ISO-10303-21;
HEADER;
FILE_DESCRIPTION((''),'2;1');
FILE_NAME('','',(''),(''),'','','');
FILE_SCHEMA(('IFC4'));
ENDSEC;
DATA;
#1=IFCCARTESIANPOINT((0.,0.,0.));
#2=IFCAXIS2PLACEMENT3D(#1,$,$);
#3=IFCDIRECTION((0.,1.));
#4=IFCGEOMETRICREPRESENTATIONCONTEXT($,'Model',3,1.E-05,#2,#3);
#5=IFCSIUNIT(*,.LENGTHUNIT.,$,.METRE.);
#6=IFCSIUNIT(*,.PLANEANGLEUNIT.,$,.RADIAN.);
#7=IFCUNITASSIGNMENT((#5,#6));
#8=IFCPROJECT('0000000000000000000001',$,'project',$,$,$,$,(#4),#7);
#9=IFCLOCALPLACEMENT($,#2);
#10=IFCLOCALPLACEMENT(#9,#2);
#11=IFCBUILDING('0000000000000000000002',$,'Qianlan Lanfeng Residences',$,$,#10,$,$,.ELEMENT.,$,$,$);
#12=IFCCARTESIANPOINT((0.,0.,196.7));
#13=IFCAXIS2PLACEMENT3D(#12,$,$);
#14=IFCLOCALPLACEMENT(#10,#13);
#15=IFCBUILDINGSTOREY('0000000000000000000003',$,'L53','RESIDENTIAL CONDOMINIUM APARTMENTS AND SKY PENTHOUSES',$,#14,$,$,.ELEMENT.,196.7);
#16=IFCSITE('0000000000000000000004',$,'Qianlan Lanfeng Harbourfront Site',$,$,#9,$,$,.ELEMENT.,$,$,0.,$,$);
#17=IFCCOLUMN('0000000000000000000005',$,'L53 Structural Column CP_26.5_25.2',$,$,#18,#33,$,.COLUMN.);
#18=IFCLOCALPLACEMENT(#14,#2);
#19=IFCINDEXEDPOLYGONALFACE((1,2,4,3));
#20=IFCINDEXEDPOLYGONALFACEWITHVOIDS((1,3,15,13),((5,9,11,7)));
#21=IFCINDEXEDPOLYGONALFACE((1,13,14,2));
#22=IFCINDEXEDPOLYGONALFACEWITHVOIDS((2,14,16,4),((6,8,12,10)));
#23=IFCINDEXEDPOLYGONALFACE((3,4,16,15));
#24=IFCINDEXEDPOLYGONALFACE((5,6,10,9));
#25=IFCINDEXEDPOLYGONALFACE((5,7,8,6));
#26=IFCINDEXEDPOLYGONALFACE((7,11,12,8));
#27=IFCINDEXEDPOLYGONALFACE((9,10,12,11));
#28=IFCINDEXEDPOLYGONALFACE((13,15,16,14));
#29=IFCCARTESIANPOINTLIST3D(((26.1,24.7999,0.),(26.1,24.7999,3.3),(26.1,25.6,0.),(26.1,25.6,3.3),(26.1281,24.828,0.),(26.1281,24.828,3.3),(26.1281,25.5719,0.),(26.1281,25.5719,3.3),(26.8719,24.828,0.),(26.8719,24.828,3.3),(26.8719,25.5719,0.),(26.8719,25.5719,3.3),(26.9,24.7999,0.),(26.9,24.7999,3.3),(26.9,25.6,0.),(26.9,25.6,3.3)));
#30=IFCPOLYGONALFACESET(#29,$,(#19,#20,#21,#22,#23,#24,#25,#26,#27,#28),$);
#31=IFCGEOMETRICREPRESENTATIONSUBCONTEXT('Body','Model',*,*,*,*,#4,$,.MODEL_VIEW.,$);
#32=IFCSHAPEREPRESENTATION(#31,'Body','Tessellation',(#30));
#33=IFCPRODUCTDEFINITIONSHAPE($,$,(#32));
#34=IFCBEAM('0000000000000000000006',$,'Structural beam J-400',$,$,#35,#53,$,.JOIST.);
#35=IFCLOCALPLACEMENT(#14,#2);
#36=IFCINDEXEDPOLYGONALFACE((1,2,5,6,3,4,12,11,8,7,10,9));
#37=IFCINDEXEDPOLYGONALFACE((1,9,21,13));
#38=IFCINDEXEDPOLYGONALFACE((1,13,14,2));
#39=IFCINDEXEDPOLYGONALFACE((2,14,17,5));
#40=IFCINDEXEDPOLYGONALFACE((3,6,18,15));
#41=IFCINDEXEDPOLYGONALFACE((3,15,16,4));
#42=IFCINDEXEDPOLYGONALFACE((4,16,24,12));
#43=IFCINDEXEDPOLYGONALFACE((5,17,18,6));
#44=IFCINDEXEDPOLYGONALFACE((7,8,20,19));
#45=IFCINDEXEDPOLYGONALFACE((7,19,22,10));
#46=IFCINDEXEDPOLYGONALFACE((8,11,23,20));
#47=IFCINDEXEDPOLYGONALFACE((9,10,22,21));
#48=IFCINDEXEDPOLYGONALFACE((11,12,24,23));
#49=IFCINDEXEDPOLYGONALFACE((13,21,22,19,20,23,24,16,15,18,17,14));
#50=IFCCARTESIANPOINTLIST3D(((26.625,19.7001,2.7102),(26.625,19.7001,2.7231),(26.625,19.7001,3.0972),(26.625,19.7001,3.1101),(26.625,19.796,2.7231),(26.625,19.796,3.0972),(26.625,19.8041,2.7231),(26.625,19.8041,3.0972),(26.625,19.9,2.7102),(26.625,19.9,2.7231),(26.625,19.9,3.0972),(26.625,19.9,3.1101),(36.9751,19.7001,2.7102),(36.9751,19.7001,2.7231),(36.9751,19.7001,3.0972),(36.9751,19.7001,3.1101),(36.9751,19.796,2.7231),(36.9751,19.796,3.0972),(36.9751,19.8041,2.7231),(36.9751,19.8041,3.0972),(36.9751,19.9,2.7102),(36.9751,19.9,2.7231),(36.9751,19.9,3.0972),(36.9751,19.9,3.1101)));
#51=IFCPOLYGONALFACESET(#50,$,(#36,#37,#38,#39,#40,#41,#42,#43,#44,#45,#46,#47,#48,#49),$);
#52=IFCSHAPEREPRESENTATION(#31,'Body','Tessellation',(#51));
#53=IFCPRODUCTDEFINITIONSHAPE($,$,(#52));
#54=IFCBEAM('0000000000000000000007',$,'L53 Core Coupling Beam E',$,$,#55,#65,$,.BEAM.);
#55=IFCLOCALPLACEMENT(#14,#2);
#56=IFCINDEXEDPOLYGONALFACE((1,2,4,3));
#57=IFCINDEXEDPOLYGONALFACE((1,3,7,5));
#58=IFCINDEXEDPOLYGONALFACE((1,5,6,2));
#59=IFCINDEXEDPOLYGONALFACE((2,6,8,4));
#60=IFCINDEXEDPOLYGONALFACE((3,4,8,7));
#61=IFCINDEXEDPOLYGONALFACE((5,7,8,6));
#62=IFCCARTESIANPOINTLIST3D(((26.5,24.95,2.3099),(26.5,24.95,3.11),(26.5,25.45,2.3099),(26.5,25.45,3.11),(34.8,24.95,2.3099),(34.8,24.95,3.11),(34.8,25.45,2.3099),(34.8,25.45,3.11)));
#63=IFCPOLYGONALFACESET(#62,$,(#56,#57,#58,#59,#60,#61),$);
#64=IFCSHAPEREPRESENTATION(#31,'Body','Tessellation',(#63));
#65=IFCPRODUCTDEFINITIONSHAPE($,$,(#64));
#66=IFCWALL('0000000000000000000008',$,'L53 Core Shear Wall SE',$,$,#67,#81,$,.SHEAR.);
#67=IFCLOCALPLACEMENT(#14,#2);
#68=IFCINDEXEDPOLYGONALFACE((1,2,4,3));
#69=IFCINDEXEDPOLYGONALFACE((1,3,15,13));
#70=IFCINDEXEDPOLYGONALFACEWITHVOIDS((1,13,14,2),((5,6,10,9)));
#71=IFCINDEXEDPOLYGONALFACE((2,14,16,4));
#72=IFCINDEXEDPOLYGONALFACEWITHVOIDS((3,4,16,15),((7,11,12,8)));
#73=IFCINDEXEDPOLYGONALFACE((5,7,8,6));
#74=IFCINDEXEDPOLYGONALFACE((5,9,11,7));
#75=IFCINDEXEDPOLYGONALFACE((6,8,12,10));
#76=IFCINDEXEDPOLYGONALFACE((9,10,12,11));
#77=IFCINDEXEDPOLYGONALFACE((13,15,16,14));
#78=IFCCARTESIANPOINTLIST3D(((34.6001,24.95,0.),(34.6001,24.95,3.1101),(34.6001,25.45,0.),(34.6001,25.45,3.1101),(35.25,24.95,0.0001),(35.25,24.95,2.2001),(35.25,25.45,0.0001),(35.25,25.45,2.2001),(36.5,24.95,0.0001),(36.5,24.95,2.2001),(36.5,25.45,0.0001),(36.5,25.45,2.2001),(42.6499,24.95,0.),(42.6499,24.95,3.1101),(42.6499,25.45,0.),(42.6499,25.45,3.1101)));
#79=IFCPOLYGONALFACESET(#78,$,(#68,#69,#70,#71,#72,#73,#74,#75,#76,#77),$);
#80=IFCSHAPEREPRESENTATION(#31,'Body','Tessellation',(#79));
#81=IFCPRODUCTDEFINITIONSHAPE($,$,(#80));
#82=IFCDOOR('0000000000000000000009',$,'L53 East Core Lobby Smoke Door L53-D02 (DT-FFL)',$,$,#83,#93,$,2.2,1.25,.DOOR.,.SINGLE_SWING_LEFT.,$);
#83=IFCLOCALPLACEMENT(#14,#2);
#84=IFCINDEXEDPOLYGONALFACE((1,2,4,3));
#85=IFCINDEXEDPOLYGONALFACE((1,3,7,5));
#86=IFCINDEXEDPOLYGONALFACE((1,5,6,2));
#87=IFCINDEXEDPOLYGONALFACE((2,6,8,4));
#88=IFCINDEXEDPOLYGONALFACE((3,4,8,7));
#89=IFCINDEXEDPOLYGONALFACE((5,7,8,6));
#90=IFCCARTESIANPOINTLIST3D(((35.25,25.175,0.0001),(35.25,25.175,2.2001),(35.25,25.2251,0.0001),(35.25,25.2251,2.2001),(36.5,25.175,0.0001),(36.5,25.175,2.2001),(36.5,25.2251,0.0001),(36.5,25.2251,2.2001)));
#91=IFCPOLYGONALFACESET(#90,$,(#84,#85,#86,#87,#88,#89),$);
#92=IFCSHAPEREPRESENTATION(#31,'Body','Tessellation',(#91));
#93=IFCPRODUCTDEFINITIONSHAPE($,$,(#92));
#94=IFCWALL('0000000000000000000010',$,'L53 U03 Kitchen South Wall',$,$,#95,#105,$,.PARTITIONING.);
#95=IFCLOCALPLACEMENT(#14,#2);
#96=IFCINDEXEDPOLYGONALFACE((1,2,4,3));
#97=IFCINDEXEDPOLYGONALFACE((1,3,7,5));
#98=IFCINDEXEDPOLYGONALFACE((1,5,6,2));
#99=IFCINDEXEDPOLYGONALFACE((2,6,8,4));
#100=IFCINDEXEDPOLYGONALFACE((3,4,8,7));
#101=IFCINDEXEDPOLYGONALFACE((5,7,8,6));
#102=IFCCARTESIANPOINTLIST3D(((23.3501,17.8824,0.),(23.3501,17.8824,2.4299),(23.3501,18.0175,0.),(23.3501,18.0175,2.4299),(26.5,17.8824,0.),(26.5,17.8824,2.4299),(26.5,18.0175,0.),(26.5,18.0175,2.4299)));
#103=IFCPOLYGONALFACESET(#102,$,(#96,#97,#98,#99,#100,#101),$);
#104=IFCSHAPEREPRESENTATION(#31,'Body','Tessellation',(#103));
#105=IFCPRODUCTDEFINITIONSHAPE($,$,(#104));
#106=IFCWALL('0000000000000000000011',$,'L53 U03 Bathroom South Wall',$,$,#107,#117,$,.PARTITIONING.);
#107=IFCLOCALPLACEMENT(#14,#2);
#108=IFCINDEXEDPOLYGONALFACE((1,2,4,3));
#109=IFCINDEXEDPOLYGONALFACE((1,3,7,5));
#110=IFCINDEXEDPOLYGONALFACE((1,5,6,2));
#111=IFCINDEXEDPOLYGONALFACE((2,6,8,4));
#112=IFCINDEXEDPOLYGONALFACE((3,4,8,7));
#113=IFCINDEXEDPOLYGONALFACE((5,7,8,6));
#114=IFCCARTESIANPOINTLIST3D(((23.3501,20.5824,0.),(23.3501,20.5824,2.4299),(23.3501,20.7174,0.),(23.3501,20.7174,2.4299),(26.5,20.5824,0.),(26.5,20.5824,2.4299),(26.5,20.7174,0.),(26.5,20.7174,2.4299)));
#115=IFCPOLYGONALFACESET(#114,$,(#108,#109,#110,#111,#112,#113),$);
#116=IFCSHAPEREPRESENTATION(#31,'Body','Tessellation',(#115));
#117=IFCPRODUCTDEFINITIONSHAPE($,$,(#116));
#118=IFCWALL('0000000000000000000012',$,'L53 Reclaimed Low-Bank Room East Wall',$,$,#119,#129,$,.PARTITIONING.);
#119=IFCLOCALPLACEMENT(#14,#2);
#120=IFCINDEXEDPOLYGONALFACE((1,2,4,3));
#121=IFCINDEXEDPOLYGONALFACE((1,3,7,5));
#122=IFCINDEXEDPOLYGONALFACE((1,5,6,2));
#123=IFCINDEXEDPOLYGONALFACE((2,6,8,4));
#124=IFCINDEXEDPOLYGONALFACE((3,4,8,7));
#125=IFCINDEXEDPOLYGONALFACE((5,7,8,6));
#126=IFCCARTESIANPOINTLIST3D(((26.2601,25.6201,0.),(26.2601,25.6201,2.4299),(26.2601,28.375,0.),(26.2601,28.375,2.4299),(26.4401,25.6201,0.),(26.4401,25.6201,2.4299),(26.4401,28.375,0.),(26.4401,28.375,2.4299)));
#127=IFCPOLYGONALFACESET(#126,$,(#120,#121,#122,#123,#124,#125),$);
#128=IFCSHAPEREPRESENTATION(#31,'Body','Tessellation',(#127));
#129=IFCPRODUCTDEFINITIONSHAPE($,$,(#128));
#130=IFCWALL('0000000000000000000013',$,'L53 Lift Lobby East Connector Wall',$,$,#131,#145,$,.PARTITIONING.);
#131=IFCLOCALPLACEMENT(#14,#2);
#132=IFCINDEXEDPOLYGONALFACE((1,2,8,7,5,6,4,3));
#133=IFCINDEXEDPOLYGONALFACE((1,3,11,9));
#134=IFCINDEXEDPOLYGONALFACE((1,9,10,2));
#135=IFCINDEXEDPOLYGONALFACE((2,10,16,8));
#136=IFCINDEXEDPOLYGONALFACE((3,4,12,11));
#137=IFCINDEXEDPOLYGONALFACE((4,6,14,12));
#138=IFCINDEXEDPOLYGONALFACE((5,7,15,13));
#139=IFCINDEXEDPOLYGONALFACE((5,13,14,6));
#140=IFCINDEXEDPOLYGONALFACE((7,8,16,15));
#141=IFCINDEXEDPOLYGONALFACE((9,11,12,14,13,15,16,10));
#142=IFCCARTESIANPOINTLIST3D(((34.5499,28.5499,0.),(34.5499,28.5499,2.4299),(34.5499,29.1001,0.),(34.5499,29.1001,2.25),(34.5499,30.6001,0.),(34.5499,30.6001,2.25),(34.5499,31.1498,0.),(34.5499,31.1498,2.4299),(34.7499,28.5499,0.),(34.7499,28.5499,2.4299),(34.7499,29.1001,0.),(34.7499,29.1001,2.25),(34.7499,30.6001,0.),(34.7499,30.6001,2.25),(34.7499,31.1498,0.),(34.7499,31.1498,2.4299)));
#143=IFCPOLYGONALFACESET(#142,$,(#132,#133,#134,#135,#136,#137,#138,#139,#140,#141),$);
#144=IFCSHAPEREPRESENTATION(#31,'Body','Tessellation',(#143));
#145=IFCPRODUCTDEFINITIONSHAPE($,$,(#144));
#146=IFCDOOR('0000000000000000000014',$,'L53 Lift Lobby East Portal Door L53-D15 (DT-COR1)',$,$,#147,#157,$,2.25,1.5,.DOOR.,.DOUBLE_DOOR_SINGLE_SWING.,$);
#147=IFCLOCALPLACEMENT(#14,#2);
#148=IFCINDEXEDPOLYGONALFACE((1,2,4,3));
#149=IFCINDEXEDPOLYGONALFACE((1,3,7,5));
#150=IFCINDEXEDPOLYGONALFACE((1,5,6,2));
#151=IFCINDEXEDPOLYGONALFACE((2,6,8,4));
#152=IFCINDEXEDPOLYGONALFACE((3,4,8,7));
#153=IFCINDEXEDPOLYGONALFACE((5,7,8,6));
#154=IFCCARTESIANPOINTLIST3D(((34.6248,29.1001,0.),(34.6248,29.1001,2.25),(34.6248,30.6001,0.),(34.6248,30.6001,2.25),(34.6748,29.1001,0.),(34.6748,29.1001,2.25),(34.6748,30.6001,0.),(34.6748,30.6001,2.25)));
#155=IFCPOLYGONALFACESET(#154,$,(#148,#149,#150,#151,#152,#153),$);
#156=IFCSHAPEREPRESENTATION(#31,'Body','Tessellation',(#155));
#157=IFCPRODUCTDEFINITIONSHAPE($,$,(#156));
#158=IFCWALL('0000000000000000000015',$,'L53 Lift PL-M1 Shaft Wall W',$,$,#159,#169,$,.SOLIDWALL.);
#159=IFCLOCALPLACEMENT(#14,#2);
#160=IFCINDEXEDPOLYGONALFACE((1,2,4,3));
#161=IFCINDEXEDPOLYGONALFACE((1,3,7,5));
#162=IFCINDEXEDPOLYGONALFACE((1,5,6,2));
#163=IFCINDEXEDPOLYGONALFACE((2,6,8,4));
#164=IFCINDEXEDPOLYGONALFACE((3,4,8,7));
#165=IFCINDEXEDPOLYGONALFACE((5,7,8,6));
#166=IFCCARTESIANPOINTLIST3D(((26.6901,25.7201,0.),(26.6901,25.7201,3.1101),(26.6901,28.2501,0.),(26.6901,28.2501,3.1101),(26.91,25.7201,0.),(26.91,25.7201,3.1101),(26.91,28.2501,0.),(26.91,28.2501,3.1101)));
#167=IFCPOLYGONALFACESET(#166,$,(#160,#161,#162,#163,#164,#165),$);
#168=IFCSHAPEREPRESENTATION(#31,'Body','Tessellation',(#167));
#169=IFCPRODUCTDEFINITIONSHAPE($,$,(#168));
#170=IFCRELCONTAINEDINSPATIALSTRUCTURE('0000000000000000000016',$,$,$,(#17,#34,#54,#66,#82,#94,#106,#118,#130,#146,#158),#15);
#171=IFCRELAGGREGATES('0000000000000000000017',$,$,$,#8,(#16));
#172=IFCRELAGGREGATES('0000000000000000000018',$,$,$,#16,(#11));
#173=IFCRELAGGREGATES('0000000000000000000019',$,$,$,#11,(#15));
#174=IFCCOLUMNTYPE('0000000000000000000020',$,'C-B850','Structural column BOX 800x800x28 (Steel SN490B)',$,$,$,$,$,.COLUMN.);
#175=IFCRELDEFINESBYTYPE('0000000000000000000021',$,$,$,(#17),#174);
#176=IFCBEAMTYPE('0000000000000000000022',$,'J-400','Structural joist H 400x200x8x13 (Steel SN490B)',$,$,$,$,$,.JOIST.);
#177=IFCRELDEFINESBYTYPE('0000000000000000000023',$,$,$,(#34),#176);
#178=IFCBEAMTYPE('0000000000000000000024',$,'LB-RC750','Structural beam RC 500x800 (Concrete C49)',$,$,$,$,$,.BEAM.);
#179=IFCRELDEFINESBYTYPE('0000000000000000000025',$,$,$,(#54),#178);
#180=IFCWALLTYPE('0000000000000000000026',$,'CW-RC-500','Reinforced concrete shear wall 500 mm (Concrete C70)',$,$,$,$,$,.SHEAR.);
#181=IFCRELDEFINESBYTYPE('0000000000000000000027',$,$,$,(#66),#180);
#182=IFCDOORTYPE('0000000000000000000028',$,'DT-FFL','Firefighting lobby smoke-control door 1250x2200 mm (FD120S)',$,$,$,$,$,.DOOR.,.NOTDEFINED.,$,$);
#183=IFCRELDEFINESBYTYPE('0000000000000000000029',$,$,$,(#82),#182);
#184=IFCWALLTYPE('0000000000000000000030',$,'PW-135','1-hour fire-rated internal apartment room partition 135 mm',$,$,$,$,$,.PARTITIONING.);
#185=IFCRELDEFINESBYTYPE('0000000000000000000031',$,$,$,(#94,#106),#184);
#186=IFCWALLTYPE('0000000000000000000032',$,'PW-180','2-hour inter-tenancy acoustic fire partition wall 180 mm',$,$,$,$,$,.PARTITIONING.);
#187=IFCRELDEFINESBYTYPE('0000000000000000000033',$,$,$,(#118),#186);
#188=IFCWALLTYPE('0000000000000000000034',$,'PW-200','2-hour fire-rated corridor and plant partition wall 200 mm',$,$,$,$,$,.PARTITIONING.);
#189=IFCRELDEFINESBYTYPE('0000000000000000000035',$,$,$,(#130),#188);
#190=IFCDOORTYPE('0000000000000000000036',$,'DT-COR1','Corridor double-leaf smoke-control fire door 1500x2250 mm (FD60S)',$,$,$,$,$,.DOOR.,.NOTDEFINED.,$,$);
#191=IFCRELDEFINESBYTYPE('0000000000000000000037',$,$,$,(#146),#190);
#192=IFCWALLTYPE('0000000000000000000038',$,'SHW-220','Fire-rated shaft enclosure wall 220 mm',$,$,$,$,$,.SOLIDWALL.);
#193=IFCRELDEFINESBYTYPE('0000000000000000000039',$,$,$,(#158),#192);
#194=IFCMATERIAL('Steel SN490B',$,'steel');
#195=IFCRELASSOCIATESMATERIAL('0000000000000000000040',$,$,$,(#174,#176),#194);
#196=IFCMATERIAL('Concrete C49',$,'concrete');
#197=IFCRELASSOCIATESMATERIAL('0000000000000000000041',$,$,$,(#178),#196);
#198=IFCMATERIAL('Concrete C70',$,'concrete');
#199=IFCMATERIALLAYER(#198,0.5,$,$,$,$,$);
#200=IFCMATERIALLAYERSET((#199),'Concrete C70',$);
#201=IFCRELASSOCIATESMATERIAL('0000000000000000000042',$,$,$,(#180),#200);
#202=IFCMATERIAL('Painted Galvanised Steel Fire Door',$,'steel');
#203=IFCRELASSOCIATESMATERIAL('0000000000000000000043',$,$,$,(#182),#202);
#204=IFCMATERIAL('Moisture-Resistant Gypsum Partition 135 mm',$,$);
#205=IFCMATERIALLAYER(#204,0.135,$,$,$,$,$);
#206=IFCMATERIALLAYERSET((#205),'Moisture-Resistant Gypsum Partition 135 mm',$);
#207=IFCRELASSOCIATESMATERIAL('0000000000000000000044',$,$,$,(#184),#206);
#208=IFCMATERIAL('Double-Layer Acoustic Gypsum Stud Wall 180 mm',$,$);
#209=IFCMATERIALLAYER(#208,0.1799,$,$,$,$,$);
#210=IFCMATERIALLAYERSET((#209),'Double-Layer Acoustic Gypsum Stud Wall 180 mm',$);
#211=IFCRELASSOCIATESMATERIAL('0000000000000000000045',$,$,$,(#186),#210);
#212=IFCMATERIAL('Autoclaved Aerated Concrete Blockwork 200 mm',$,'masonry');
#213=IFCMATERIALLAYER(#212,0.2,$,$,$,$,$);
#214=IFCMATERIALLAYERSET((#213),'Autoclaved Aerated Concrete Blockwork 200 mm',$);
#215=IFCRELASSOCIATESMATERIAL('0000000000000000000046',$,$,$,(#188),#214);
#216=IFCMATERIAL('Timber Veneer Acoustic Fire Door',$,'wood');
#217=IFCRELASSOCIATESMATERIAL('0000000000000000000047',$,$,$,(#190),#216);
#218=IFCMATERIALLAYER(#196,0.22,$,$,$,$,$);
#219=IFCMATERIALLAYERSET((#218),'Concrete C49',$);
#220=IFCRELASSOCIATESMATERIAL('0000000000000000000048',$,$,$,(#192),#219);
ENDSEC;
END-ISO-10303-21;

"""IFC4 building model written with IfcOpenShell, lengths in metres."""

from ifc_helpers import new_model, si_unit, direction, frame, frame_2d, origin, origin_2d, place, context, subcontext, project, spatial, rectangle, hollow_rectangle, i_section, extrude, material, layer, layer_set, material_profile, profile_set, type_object, element, fill, save


model = new_model("IFC4")

# Units and contexts
model_context = context("Model", 3, precision=1e-05, world=origin(), true_north=direction((0.0, 1.0)))
body_context = subcontext(model_context, "Body", "Model", "MODEL_VIEW")
ifc_project = project(units=[si_unit("LENGTHUNIT", "METRE"), si_unit("PLANEANGLEUNIT", "RADIAN")], contexts=[model_context])

# Site, building, storey
site_placement = place(None, origin())
site = spatial("IfcSite", under=ifc_project, at=site_placement, Name="Qianlan Lanfeng Harbourfront Site", CompositionType="ELEMENT", RefElevation=0.0)
building_placement = place(site_placement, origin())
building = spatial("IfcBuilding", under=site, at=building_placement, Name="Qianlan Lanfeng Residences", CompositionType="ELEMENT")
storey_placement = place(building_placement, frame((0.0, 0.0, 196.7)))
storey = spatial("IfcBuildingStorey", under=building, at=storey_placement, Name="L53", Description="RESIDENTIAL CONDOMINIUM APARTMENTS AND SKY PENTHOUSES", CompositionType="ELEMENT", Elevation=196.7)

# Column
ifc_material_1 = material(Name="Steel SN490B", Category="steel")
ifc_material_profile_1 = material_profile(ifc_material_1, hollow_rectangle(XDim=0.8, YDim=0.8, WallThickness=0.0281, at=origin_2d()), Name="BOX 800x800x28")
ifc_profile_set_1 = profile_set([ifc_material_profile_1], Name="Steel SN490B")
column_type = type_object("IfcColumnType", Name="C-B850", Description="Structural column BOX 800x800x28 (Steel SN490B)", PredefinedType="COLUMN", material=ifc_profile_set_1)
column_placement = place(storey_placement, frame((26.5, 25.2, 0.0), z_axis=(0.0, 0.0, 1.0), x_axis=(1.0, 0.0, 0.0)))
element("IfcColumn", 1, at=column_placement, inside=storey, type_object=column_type, Name="L53 Structural Column CP_26.5_25.2", PredefinedType="COLUMN", context=body_context, shape_type="SweptSolid", body=[
    extrude(hollow_rectangle(XDim=0.8, YDim=0.8, WallThickness=0.0281, at=origin_2d()), origin(), (0.0, 0.0, 1.0), 3.3),
])

# Beams
ifc_material_profile_2 = material_profile(ifc_material_1, i_section(OverallWidth=0.2, OverallDepth=0.3999, WebThickness=0.0081, FlangeThickness=0.0129, at=origin_2d()), Name="H 400x200x8x13")
ifc_profile_set_2 = profile_set([ifc_material_profile_2], Name="Steel SN490B")
beam_type_1 = type_object("IfcBeamType", Name="J-400", Description="Structural joist H 400x200x8x13 (Steel SN490B)", PredefinedType="JOIST", material=ifc_profile_set_2)
beam_1_placement = place(storey_placement, frame((26.625, 19.8, 2.9102), z_axis=(1.0, 0.0, 0.0), x_axis=(0.0, 1.0, 0.0)))
element("IfcBeam", 2, at=beam_1_placement, inside=storey, type_object=beam_type_1, Name="Structural beam J-400", PredefinedType="JOIST", context=body_context, shape_type="SweptSolid", body=[
    extrude(i_section(OverallWidth=0.2, OverallDepth=0.3999, WebThickness=0.0081, FlangeThickness=0.0129, at=origin_2d()), origin(), (0.0, 0.0, 1.0), 10.3501),
])
ifc_material_2 = material(Name="Concrete C49", Category="concrete")
ifc_material_profile_3 = material_profile(ifc_material_2, rectangle(XDim=0.5, YDim=0.8, at=origin_2d()), Name="RC 500x800")
ifc_profile_set_3 = profile_set([ifc_material_profile_3], Name="Concrete C49")
beam_type_2 = type_object("IfcBeamType", Name="LB-RC750", Description="Structural beam RC 500x800 (Concrete C49)", PredefinedType="BEAM", material=ifc_profile_set_3)
beam_2_placement = place(storey_placement, frame((26.5, 25.2, 2.71), z_axis=(1.0, 0.0, 0.0), x_axis=(0.0, 1.0, 0.0)))
element("IfcBeam", 3, at=beam_2_placement, inside=storey, type_object=beam_type_2, Name="L53 Core Coupling Beam E", PredefinedType="BEAM", context=body_context, shape_type="SweptSolid", body=[
    extrude(rectangle(XDim=0.5, YDim=0.8, at=origin_2d()), origin(), (0.0, 0.0, 1.0), 8.3),
])

# Wall, opening, door
ifc_material_3 = material(Name="Concrete C70", Category="concrete")
ifc_layer_1 = layer(ifc_material_3, 0.5)
ifc_layer_set_1 = layer_set([ifc_layer_1], Name="Concrete C70")
wall_type_1 = type_object("IfcWallType", Name="CW-RC-500", Description="Reinforced concrete shear wall 500 mm (Concrete C70)", PredefinedType="SHEAR", material=ifc_layer_set_1)
wall_1_placement = place(storey_placement, frame((34.6001, 25.2, 0.0), z_axis=(0.0, 0.0, 1.0), x_axis=(1.0, 0.0, 0.0)))
wall_1 = element("IfcWall", 4, at=wall_1_placement, inside=storey, type_object=wall_type_1, Name="L53 Core Shear Wall SE", PredefinedType="SHEAR", context=body_context, shape_type="SweptSolid", body=[
    extrude(rectangle(XDim=8.0498, YDim=0.5, at=frame_2d((4.0249, 0.0))), origin(), (0.0, 0.0, 1.0), 3.1101),
])
opening_1_placement = place(wall_1_placement, frame((0.6499, 0.0, 0.0)))
opening_1 = element("IfcOpeningElement", 5, at=opening_1_placement, cuts=wall_1, PredefinedType="OPENING", context=body_context, shape_type="SweptSolid", body=[
    extrude(rectangle(XDim=1.25, YDim=2.2, at=frame_2d((0.625, 1.1001))), frame((0.0, 0.26, 0.0), z_axis=(0.0, -1.0, 0.0), x_axis=(1.0, 0.0, 0.0)), (0.0, 0.0, 1.0), 0.52),
])
ifc_material_4 = material(Name="Painted Galvanised Steel Fire Door", Category="steel")
door_type_1 = type_object("IfcDoorType", Name="DT-FFL", Description="Firefighting lobby smoke-control door 1250x2200 mm (FD120S)", OperationType="NOTDEFINED", PredefinedType="DOOR", material=ifc_material_4)
door_1_placement = place(opening_1_placement, frame((1.25, 0.0, 0.0), z_axis=(0.0, 0.0, 1.0), x_axis=(-1.0, 0.0, 0.0)))
door_1 = element("IfcDoor", 6, at=door_1_placement, inside=storey, type_object=door_type_1, Name="L53 East Core Lobby Smoke Door L53-D02 (DT-FFL)", OperationType="SINGLE_SWING_LEFT", OverallHeight=2.2, OverallWidth=1.25, PredefinedType="DOOR", context=body_context, shape_type="SweptSolid", body=[
    extrude(rectangle(XDim=1.25, YDim=2.2, at=frame_2d((0.625, 1.1001))), frame((0.0, 0.0249, 0.0), z_axis=(0.0, -1.0, 0.0), x_axis=(1.0, 0.0, 0.0)), (0.0, 0.0, 1.0), 0.05),
])
fill(opening_1, door_1)

# Walls
ifc_material_5 = material(Name="Moisture-Resistant Gypsum Partition 135 mm")
ifc_layer_2 = layer(ifc_material_5, 0.135)
ifc_layer_set_2 = layer_set([ifc_layer_2], Name="Moisture-Resistant Gypsum Partition 135 mm")
wall_type_2 = type_object("IfcWallType", Name="PW-135", Description="1-hour fire-rated internal apartment room partition 135 mm", PredefinedType="PARTITIONING", material=ifc_layer_set_2)
for number, where, z_axis, x_axis, name in (
    (7, (23.3501, 17.95, 0.0), (0.0, 0.0, 1.0), (1.0, 0.0, 0.0), "L53 U03 Kitchen South Wall"),
    (8, (23.3501, 20.6499, 0.0), (0.0, 0.0, 1.0), (1.0, 0.0, 0.0), "L53 U03 Bathroom South Wall"),
):
    element("IfcWall", number, at=place(storey_placement, frame(where, z_axis=z_axis, x_axis=x_axis)), inside=storey, type_object=wall_type_2, Name=name, PredefinedType="PARTITIONING", context=body_context, shape_type="SweptSolid", body=[
        extrude(rectangle(XDim=3.1499, YDim=0.135, at=frame_2d((1.575, 0.0))), origin(), (0.0, 0.0, 1.0), 2.4299),
    ])

# Shared definitions
ifc_material_6 = material(Name="Double-Layer Acoustic Gypsum Stud Wall 180 mm")
ifc_layer_3 = layer(ifc_material_6, 0.1799)
ifc_layer_set_3 = layer_set([ifc_layer_3], Name="Double-Layer Acoustic Gypsum Stud Wall 180 mm")
wall_type_3 = type_object("IfcWallType", Name="PW-180", Description="2-hour inter-tenancy acoustic fire partition wall 180 mm", PredefinedType="PARTITIONING", material=ifc_layer_set_3)

# Wall
wall_2_placement = place(storey_placement, frame((26.3501, 25.6201, 0.0), z_axis=(0.0, 0.0, 1.0), x_axis=(0.0, 1.0, 0.0)))
element("IfcWall", 9, at=wall_2_placement, inside=storey, type_object=wall_type_3, Name="L53 Reclaimed Low-Bank Room East Wall", PredefinedType="PARTITIONING", context=body_context, shape_type="SweptSolid", body=[
    extrude(rectangle(XDim=2.7549, YDim=0.1799, at=frame_2d((1.3774, 0.0))), origin(), (0.0, 0.0, 1.0), 2.4299),
])

# Wall, opening, door
ifc_material_7 = material(Name="Autoclaved Aerated Concrete Blockwork 200 mm", Category="masonry")
ifc_layer_4 = layer(ifc_material_7, 0.2)
ifc_layer_set_4 = layer_set([ifc_layer_4], Name="Autoclaved Aerated Concrete Blockwork 200 mm")
wall_type_4 = type_object("IfcWallType", Name="PW-200", Description="2-hour fire-rated corridor and plant partition wall 200 mm", PredefinedType="PARTITIONING", material=ifc_layer_set_4)
wall_3_placement = place(storey_placement, frame((34.6499, 28.55, 0.0), z_axis=(0.0, 0.0, 1.0), x_axis=(0.0, 1.0, 0.0)))
wall_3 = element("IfcWall", 10, at=wall_3_placement, inside=storey, type_object=wall_type_4, Name="L53 Lift Lobby East Connector Wall", PredefinedType="PARTITIONING", context=body_context, shape_type="SweptSolid", body=[
    extrude(rectangle(XDim=2.5999, YDim=0.2, at=frame_2d((1.2998, 0.0))), origin(), (0.0, 0.0, 1.0), 2.4299),
])
opening_2_placement = place(wall_3_placement, frame((0.55, 0.0, 0.0)))
opening_2 = element("IfcOpeningElement", 11, at=opening_2_placement, cuts=wall_3, PredefinedType="OPENING", context=body_context, shape_type="SweptSolid", body=[
    extrude(rectangle(XDim=1.5, YDim=2.25, at=frame_2d((0.75, 1.125))), frame((0.0, 0.1099, 0.0), z_axis=(0.0, -1.0, 0.0), x_axis=(1.0, 0.0, 0.0)), (0.0, 0.0, 1.0), 0.22),
])
ifc_material_8 = material(Name="Timber Veneer Acoustic Fire Door", Category="wood")
door_type_2 = type_object("IfcDoorType", Name="DT-COR1", Description="Corridor double-leaf smoke-control fire door 1500x2250 mm (FD60S)", OperationType="NOTDEFINED", PredefinedType="DOOR", material=ifc_material_8)
door_2_placement = place(opening_2_placement, frame((1.5, 0.0, 0.0), z_axis=(0.0, 0.0, 1.0), x_axis=(-1.0, 0.0, 0.0)))
door_2 = element("IfcDoor", 12, at=door_2_placement, inside=storey, type_object=door_type_2, Name="L53 Lift Lobby East Portal Door L53-D15 (DT-COR1)", OperationType="DOUBLE_DOOR_SINGLE_SWING", OverallHeight=2.25, OverallWidth=1.5, PredefinedType="DOOR", context=body_context, shape_type="SweptSolid", body=[
    extrude(rectangle(XDim=1.5, YDim=2.25, at=frame_2d((0.75, 1.125))), frame((0.0, 0.0249, 0.0), z_axis=(0.0, -1.0, 0.0), x_axis=(1.0, 0.0, 0.0)), (0.0, 0.0, 1.0), 0.05),
])
fill(opening_2, door_2)

# Wall
ifc_layer_5 = layer(ifc_material_2, 0.22)
ifc_layer_set_5 = layer_set([ifc_layer_5], Name="Concrete C49")
wall_type_5 = type_object("IfcWallType", Name="SHW-220", Description="Fire-rated shaft enclosure wall 220 mm", PredefinedType="SOLIDWALL", material=ifc_layer_set_5)
wall_4_placement = place(storey_placement, frame((26.8, 25.72, 0.0), z_axis=(0.0, 0.0, 1.0), x_axis=(0.0, 1.0, 0.0)))
element("IfcWall", 13, at=wall_4_placement, inside=storey, type_object=wall_type_5, Name="L53 Lift PL-M1 Shaft Wall W", PredefinedType="SOLIDWALL", context=body_context, shape_type="SweptSolid", body=[
    extrude(rectangle(XDim=2.53, YDim=0.22, at=frame_2d((1.2651, 0.0))), origin(), (0.0, 0.0, 1.0), 3.1101),
])

save(model, "model.ifc")
